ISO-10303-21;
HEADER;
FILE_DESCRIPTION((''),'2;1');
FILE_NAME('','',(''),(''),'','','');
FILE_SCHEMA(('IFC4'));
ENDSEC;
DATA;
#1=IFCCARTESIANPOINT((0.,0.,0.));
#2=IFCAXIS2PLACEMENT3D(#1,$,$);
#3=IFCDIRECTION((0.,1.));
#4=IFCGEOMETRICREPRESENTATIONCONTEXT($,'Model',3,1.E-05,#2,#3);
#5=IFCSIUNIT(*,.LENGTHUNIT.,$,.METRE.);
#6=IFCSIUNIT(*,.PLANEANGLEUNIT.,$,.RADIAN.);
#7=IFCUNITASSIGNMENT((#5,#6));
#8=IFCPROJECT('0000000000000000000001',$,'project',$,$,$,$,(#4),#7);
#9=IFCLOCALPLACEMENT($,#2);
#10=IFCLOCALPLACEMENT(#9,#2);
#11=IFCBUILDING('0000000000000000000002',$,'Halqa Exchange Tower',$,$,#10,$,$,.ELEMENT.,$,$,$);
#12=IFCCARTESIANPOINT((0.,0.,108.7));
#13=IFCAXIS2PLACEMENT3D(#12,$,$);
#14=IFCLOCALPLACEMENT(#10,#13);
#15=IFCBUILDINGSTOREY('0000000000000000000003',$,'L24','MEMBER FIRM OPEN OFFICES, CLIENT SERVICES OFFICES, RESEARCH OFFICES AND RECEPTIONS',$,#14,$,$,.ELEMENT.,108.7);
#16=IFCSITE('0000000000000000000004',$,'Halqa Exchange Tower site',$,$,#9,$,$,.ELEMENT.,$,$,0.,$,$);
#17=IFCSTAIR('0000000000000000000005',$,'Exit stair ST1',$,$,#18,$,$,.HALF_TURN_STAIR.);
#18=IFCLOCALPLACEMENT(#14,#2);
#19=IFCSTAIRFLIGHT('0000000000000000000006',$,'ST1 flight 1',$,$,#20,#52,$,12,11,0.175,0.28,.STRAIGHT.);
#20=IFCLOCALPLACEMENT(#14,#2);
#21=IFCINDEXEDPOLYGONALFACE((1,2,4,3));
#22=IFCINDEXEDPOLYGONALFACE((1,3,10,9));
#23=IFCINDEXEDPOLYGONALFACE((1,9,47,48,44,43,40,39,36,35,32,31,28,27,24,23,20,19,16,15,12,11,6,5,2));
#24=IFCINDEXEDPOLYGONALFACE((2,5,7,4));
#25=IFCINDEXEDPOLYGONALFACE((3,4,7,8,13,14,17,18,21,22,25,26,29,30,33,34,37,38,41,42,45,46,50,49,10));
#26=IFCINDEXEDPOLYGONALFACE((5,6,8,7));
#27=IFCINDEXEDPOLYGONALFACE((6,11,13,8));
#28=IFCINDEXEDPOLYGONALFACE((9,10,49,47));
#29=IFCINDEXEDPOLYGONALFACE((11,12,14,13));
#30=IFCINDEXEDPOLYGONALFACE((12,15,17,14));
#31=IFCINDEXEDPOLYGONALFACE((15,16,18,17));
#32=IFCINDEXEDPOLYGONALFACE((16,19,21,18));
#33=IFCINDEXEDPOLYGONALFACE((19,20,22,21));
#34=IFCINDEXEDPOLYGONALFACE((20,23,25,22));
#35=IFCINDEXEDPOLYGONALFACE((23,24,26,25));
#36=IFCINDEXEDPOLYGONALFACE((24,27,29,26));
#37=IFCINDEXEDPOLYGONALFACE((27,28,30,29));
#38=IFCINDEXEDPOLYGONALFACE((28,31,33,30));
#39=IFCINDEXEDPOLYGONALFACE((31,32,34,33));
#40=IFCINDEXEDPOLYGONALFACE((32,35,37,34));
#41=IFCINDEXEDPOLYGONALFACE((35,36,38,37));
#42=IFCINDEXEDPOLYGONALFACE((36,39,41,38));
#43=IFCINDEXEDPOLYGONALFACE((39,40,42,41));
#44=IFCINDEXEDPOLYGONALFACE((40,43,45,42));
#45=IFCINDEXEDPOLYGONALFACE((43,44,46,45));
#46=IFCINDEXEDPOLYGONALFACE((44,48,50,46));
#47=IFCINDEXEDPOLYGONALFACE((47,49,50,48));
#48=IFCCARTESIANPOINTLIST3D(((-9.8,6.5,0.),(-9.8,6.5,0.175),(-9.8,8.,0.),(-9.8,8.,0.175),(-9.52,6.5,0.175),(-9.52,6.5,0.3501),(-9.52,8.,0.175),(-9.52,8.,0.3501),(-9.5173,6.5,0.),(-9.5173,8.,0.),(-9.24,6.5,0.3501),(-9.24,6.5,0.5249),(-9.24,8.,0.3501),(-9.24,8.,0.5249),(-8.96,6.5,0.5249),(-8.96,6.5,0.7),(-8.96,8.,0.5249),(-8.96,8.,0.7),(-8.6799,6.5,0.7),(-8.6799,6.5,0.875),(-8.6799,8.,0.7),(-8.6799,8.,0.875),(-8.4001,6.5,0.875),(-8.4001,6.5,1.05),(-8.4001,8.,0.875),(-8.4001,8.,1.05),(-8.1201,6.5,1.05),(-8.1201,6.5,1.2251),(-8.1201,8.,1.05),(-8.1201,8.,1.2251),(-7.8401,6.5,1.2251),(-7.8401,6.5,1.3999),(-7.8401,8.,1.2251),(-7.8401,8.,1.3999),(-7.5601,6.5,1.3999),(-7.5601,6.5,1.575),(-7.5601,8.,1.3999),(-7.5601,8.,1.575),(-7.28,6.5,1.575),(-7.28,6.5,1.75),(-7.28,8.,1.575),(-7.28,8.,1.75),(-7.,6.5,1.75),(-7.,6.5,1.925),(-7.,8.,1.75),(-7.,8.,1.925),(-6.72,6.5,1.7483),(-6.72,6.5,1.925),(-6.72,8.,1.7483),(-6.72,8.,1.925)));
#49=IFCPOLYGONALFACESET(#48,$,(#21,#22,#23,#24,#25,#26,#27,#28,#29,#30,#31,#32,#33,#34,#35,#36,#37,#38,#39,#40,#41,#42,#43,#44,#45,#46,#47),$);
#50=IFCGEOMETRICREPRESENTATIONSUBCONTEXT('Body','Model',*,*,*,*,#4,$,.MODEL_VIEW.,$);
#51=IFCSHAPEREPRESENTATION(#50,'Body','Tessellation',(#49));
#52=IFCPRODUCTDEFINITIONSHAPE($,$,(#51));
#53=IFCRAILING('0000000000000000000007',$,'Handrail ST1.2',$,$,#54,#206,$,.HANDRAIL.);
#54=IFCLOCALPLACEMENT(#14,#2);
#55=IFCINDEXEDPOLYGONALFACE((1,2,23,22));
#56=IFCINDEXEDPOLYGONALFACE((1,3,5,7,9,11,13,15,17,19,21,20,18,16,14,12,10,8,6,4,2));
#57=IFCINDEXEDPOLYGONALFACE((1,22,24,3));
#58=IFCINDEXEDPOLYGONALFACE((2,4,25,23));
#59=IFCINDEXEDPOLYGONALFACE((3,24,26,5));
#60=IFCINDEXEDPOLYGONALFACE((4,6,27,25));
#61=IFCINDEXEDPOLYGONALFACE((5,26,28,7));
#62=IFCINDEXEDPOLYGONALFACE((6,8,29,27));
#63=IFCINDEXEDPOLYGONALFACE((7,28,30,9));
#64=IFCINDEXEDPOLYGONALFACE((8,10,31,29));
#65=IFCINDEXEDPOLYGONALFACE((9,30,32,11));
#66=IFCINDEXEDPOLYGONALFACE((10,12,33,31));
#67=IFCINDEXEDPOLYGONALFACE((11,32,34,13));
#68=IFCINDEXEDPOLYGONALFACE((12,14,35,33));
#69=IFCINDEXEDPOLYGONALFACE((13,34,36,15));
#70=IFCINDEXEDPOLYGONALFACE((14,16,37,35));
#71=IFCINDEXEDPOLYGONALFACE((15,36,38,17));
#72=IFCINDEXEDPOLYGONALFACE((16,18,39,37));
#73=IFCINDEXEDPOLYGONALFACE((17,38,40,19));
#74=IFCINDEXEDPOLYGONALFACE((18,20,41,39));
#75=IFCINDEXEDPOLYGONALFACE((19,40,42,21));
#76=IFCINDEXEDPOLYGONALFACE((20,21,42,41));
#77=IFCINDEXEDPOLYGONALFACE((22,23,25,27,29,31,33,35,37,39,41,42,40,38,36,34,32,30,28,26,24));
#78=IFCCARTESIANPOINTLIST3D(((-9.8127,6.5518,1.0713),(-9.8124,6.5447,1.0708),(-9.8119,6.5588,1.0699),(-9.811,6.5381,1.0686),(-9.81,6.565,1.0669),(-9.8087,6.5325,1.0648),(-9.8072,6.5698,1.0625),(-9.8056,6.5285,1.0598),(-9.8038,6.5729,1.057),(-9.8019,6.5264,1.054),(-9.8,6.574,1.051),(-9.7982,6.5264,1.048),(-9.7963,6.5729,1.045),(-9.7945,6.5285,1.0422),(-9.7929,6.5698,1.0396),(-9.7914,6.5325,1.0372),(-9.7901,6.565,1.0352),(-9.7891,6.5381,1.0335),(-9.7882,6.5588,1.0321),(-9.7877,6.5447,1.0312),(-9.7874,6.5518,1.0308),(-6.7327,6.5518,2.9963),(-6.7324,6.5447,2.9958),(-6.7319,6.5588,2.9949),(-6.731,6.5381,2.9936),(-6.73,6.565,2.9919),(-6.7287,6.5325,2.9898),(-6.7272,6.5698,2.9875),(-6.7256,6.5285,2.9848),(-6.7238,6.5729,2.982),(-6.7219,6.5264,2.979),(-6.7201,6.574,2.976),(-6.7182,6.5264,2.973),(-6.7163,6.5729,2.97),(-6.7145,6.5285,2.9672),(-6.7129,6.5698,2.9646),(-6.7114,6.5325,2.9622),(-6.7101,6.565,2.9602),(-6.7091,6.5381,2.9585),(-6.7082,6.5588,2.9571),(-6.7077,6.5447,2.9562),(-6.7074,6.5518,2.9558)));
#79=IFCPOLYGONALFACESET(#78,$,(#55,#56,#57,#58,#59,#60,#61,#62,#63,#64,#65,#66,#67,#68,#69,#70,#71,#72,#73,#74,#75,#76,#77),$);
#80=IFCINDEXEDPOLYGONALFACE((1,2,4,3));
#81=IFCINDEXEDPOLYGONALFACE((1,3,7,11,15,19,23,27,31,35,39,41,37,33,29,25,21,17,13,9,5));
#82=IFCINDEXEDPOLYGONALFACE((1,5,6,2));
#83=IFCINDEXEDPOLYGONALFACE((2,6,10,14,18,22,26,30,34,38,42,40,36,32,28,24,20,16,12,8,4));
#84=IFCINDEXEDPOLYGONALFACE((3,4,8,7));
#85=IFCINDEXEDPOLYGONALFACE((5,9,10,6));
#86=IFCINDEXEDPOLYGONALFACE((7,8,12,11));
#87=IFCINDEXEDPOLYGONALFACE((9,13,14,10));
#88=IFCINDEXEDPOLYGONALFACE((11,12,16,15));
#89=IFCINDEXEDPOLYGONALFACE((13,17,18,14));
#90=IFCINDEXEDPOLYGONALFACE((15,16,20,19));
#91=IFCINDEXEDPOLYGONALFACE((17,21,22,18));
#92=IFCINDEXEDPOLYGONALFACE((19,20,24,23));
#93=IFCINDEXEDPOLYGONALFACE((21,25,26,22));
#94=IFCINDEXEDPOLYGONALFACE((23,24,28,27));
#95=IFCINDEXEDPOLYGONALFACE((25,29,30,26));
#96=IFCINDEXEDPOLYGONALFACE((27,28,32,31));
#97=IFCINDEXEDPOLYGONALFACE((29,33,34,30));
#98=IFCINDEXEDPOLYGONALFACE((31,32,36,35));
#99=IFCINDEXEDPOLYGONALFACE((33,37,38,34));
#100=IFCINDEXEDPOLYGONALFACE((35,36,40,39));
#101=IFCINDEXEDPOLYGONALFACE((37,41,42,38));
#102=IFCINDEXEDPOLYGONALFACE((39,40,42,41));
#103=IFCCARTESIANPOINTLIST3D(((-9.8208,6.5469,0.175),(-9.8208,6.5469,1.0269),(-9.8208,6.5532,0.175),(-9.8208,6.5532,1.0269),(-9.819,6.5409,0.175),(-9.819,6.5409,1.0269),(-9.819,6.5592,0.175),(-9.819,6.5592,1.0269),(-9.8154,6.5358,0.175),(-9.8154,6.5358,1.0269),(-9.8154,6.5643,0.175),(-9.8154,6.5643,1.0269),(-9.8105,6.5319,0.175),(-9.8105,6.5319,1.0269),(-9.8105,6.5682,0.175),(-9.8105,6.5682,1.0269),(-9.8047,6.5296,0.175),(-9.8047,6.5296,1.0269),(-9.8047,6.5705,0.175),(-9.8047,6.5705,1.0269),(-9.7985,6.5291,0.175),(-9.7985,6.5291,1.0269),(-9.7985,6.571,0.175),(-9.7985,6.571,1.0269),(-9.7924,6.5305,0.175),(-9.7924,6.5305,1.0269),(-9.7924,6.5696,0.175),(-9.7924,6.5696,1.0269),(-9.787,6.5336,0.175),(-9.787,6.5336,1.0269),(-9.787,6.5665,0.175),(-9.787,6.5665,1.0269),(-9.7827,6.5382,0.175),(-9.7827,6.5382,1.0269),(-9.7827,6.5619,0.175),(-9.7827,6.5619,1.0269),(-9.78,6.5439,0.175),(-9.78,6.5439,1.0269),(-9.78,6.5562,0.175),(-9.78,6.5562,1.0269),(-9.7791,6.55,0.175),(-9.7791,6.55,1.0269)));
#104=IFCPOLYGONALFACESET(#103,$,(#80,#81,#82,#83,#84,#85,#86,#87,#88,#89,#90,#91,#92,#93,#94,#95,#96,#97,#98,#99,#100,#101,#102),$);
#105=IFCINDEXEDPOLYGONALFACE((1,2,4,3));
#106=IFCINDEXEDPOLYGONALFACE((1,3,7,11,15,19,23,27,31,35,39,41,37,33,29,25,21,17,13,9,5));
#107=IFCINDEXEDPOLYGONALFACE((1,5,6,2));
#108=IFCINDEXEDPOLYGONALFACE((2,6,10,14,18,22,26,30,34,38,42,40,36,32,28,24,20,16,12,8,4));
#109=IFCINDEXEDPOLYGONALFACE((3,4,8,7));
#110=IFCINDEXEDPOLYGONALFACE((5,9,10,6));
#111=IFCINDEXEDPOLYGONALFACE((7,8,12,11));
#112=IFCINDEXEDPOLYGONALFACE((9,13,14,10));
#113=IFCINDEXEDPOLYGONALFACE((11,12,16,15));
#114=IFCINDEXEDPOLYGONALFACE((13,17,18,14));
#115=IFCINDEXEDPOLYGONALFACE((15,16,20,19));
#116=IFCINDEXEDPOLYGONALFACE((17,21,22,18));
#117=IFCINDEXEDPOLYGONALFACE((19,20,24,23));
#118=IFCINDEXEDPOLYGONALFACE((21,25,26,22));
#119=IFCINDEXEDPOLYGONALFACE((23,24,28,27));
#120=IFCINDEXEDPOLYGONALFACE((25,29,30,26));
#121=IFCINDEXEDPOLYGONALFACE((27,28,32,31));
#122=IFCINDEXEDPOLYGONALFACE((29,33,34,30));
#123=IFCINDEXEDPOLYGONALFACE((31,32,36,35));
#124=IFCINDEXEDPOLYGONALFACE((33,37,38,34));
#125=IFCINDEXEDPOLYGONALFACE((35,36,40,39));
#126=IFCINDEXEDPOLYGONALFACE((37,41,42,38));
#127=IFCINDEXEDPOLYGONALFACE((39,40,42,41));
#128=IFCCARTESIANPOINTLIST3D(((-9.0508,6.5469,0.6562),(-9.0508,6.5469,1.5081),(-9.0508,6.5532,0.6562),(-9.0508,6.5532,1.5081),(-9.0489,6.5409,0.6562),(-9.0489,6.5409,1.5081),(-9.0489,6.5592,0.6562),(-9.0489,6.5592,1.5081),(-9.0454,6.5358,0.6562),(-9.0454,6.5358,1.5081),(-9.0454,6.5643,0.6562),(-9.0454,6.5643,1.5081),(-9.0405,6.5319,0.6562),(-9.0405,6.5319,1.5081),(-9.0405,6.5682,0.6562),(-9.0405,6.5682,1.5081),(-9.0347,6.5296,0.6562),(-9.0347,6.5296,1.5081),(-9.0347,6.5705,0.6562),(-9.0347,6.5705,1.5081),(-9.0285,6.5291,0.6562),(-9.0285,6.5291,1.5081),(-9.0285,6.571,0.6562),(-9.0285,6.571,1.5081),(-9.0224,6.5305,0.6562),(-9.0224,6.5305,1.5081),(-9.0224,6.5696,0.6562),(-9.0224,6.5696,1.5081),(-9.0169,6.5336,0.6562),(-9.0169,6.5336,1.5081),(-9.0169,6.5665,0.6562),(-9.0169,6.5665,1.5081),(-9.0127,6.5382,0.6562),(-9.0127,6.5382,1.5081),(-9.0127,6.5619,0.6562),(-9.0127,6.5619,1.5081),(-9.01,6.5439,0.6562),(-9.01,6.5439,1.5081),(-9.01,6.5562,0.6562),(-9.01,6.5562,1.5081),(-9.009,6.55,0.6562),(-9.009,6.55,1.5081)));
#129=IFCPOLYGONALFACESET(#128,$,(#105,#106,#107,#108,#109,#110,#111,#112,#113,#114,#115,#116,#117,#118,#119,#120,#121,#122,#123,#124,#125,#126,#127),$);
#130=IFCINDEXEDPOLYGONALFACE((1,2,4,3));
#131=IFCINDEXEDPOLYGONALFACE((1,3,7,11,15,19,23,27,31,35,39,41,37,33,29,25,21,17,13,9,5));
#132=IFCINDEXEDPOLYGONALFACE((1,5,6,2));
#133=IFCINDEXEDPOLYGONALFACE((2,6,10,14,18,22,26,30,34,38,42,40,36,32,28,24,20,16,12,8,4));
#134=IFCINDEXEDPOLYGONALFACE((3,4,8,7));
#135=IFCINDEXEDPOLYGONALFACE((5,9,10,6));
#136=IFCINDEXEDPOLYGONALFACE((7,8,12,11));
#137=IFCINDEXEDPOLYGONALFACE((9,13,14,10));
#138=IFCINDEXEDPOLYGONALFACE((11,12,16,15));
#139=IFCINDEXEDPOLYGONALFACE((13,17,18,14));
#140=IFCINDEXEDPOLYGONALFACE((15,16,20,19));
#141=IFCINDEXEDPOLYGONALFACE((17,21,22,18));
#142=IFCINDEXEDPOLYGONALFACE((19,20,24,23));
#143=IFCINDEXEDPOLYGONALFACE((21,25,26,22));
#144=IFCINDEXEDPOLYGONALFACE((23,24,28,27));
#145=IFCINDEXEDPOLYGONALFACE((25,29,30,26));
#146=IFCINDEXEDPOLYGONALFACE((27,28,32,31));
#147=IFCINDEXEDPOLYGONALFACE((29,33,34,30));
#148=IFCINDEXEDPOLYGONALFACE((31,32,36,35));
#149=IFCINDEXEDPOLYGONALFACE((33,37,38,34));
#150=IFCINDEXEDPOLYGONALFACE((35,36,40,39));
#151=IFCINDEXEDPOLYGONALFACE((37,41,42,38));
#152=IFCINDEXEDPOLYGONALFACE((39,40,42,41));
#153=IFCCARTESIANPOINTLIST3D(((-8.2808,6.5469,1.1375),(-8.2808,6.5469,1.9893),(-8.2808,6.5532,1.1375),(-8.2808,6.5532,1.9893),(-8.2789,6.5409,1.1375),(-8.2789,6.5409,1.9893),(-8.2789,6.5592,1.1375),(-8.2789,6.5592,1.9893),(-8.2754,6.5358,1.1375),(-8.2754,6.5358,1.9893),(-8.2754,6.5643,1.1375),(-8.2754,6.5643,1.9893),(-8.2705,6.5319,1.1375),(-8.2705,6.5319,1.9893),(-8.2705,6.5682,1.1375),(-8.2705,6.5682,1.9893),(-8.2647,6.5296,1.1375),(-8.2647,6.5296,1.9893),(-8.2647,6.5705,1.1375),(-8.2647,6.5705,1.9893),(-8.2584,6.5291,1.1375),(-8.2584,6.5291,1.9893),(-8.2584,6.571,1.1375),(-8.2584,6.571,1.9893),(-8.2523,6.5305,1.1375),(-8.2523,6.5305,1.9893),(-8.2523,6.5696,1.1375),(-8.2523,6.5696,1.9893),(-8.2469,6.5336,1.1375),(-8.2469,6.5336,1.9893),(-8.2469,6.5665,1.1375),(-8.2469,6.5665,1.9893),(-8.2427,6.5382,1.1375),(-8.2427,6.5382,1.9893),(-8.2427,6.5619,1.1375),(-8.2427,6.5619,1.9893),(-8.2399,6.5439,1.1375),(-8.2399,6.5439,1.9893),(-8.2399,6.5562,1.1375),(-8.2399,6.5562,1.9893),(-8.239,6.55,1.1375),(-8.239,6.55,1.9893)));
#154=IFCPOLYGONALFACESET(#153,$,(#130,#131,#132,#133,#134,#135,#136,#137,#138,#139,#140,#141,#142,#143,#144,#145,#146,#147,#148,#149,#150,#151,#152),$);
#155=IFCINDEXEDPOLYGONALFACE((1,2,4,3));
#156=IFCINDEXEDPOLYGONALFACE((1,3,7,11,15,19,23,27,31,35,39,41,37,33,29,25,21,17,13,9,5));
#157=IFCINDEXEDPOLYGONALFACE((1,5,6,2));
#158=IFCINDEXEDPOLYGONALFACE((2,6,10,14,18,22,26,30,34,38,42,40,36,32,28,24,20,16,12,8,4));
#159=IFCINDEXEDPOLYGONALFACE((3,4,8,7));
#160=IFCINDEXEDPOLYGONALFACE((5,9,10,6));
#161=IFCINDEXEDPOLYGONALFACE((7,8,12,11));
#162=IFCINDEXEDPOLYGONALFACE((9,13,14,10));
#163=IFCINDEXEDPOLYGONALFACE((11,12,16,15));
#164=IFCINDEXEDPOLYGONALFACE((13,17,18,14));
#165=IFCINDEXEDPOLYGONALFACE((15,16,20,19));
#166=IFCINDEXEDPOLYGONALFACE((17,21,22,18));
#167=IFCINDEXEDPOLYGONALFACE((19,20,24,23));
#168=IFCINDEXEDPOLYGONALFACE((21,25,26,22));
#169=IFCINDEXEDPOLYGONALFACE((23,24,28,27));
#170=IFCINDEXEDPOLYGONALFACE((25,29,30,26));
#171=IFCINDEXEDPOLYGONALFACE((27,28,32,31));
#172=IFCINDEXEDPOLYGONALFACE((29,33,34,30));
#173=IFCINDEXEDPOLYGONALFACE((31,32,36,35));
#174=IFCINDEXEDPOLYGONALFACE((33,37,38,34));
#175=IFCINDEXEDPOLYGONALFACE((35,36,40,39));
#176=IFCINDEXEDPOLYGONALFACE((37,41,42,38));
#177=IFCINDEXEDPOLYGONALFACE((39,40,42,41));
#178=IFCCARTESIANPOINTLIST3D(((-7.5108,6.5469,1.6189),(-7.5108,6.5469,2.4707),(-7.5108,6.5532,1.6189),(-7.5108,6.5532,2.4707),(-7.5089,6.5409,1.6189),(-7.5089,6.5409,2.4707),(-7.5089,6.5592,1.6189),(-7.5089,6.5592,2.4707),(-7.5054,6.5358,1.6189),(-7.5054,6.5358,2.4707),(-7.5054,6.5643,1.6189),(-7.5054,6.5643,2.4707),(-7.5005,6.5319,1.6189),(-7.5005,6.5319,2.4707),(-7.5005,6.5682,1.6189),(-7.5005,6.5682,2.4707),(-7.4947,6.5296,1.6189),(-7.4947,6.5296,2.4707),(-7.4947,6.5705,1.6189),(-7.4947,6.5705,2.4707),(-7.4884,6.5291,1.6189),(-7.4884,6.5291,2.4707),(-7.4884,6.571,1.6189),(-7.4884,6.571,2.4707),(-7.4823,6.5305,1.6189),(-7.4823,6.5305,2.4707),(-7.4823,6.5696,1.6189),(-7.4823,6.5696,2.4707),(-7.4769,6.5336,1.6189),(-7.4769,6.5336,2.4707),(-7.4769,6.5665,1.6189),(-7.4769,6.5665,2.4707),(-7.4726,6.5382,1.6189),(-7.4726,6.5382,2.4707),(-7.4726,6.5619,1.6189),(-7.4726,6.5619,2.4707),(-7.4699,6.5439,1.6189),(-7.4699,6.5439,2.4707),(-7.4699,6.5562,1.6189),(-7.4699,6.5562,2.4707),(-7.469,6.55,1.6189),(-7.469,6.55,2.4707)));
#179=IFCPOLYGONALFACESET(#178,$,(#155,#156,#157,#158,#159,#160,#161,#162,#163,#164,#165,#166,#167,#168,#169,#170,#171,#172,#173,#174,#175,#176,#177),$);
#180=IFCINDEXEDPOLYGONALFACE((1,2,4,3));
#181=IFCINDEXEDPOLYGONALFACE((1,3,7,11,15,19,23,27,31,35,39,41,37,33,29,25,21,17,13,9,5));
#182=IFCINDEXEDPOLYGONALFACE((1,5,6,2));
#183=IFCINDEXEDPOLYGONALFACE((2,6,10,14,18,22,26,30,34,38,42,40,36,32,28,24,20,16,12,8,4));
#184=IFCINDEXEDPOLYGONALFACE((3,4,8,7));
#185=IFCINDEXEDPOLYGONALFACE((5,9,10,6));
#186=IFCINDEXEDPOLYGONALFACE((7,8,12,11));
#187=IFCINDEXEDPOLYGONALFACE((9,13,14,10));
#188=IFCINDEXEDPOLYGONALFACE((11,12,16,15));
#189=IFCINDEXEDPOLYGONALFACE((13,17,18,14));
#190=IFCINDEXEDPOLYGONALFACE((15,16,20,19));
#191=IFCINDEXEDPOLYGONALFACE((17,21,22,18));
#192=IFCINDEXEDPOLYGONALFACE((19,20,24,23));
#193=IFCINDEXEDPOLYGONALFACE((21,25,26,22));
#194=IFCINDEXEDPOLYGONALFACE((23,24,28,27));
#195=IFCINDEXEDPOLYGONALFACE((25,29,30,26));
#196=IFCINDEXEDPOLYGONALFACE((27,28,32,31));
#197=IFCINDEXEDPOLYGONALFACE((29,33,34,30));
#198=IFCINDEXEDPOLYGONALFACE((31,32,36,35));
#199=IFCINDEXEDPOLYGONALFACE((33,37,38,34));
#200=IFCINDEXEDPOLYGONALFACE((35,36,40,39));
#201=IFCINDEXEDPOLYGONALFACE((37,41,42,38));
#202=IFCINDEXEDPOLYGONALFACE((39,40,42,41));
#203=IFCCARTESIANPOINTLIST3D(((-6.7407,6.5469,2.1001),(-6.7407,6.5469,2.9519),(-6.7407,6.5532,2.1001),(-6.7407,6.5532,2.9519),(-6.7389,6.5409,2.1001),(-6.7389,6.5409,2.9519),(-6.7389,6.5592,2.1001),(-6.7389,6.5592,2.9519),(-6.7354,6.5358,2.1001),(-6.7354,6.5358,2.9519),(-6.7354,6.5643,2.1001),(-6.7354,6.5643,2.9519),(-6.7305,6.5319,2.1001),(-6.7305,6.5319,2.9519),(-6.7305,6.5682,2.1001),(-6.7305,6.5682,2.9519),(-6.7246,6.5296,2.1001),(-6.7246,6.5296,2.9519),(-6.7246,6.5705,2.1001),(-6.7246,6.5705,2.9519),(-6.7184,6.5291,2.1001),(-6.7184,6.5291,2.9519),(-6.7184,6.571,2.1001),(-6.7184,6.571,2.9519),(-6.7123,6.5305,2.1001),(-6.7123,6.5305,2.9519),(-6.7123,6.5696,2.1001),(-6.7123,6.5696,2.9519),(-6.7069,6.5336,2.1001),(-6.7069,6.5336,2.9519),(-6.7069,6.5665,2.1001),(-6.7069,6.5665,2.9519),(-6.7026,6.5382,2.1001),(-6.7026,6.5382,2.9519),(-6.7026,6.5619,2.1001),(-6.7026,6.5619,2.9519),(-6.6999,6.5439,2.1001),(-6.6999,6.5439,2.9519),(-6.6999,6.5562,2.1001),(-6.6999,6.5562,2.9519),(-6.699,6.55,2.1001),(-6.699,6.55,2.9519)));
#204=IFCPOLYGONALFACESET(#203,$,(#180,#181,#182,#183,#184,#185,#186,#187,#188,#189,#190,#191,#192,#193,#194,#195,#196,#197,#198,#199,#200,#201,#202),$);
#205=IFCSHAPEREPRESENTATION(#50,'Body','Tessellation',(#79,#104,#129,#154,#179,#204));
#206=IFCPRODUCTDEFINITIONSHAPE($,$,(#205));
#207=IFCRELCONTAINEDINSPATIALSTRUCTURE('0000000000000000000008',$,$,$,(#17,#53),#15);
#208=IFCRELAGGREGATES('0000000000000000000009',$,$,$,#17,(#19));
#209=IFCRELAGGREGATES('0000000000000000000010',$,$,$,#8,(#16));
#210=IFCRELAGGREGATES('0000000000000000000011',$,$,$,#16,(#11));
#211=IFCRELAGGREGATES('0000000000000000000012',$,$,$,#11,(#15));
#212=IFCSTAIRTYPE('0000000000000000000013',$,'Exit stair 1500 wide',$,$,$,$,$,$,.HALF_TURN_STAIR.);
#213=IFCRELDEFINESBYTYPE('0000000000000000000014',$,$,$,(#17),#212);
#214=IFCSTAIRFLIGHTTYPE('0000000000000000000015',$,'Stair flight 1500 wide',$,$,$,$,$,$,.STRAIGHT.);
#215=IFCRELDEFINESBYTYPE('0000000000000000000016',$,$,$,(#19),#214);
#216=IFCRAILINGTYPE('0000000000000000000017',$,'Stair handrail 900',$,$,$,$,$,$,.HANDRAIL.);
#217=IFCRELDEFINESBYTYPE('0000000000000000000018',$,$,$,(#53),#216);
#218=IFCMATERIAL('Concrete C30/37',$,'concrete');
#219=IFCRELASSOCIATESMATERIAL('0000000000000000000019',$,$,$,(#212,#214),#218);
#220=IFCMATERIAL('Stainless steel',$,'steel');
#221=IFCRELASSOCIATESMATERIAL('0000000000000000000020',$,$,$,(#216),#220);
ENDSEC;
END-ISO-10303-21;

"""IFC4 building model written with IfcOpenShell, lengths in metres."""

from ifc_helpers import new_model, si_unit, direction, frame, origin, origin_2d, place, context, subcontext, project, spatial, polyline, circle, outline, extrude, material, type_object, element, aggregate, save


model = new_model("IFC4")

# Units and contexts
model_context = context("Model", 3, precision=1e-05, world=origin(), true_north=direction((0.0, 1.0)))
body_context = subcontext(model_context, "Body", "Model", "MODEL_VIEW")
ifc_project = project(units=[si_unit("LENGTHUNIT", "METRE"), si_unit("PLANEANGLEUNIT", "RADIAN")], contexts=[model_context])

# Site, building, storey
site_placement = place(None, origin())
site = spatial("IfcSite", under=ifc_project, at=site_placement, Name="Halqa Exchange Tower site", CompositionType="ELEMENT", RefElevation=0.0)
building_placement = place(site_placement, origin())
building = spatial("IfcBuilding", under=site, at=building_placement, Name="Halqa Exchange Tower", CompositionType="ELEMENT")
storey_placement = place(building_placement, frame((0.0, 0.0, 108.7)))
storey = spatial("IfcBuildingStorey", under=building, at=storey_placement, Name="L24", Description="MEMBER FIRM OPEN OFFICES, CLIENT SERVICES OFFICES, RESEARCH OFFICES AND RECEPTIONS", CompositionType="ELEMENT", Elevation=108.7)

# Shared definitions
ifc_material_1 = material(Name="Stainless steel", Category="steel")

# Shared definitions
ifc_material_2 = material(Name="Concrete C30/37", Category="concrete")

# Stair, stair flight
stair_type = type_object("IfcStairType", Name="Exit stair 1500 wide", PredefinedType="HALF_TURN_STAIR", material=ifc_material_2)
stair_placement = place(storey_placement, origin())
stair = element("IfcStair", 1, at=stair_placement, inside=storey, type_object=stair_type, Name="Exit stair ST1", PredefinedType="HALF_TURN_STAIR")
stair_flight_type = type_object("IfcStairFlightType", Name="Stair flight 1500 wide", PredefinedType="STRAIGHT", material=ifc_material_2)
stair_flight_placement = place(storey_placement, frame((-9.8, 7.25, 0.0), z_axis=(0.0, 0.0, 1.0), x_axis=(1.0, 0.0, 0.0)))
stair_flight = element("IfcStairFlight", 2, at=stair_flight_placement, type_object=stair_flight_type, Name="ST1 flight 1", NumberOfRisers=12, NumberOfTreads=11, PredefinedType="STRAIGHT", RiserHeight=0.175, TreadLength=0.28, context=body_context, shape_type="SweptSolid", body=[
    extrude(outline(polyline([(0.0, 0.0), (0.0, 0.175), (0.28, 0.175), (0.28, 0.3501), (0.5601, 0.3501), (0.5601, 0.5249), (0.8401, 0.5249), (0.8401, 0.7), (1.1201, 0.7), (1.1201, 0.875), (1.3999, 0.875), (1.3999, 1.05), (1.6799, 1.05), (1.6799, 1.2251), (1.96, 1.2251), (1.96, 1.3999), (2.24, 1.3999), (2.24, 1.575), (2.52, 1.575), (2.52, 1.75), (2.8, 1.75), (2.8, 1.925), (3.0801, 1.925), (3.0801, 2.1001), (3.0801, 1.7483), (0.2827, 0.0), (0.0, 0.0)])), frame((0.0, 0.75, 0.0), z_axis=(0.0, -1.0, 0.0), x_axis=(1.0, 0.0, 0.0)), (0.0, 0.0, 1.0), 1.5),
])
aggregate(stair, [stair_flight])

# Railing
railing_type_1 = type_object("IfcRailingType", Name="Stair handrail 900", PredefinedType="HANDRAIL", material=ifc_material_1)
railing_1_placement = place(storey_placement, frame((-9.8, 6.55, 0.175)))
element("IfcRailing", 3, at=railing_1_placement, inside=storey, type_object=railing_type_1, Name="Handrail ST1.2", PredefinedType="HANDRAIL", context=body_context, shape_type="SweptSolid", body=[
    extrude(circle(Radius=0.0239, at=origin_2d()), frame((0.0, 0.0, 0.876), z_axis=(0.847998, 0.0, 0.529999), x_axis=(0.0, 1.0, 0.0)), (0.0, 0.0, 1.0), 3.6321),
    extrude(circle(Radius=0.021, at=origin_2d()), origin(), (0.0, 0.0, 1.0), 0.8518),
    extrude(circle(Radius=0.021, at=origin_2d()), frame((0.77, 0.0, 0.4812)), (0.0, 0.0, 1.0), 0.8518),
    extrude(circle(Radius=0.021, at=origin_2d()), frame((1.54, 0.0, 0.9624)), (0.0, 0.0, 1.0), 0.8518),
    extrude(circle(Radius=0.021, at=origin_2d()), frame((2.3101, 0.0, 1.4438)), (0.0, 0.0, 1.0), 0.8518),
    extrude(circle(Radius=0.021, at=origin_2d()), frame((3.0801, 0.0, 1.925)), (0.0, 0.0, 1.0), 0.8518),
])

save(model, "model.ifc")
